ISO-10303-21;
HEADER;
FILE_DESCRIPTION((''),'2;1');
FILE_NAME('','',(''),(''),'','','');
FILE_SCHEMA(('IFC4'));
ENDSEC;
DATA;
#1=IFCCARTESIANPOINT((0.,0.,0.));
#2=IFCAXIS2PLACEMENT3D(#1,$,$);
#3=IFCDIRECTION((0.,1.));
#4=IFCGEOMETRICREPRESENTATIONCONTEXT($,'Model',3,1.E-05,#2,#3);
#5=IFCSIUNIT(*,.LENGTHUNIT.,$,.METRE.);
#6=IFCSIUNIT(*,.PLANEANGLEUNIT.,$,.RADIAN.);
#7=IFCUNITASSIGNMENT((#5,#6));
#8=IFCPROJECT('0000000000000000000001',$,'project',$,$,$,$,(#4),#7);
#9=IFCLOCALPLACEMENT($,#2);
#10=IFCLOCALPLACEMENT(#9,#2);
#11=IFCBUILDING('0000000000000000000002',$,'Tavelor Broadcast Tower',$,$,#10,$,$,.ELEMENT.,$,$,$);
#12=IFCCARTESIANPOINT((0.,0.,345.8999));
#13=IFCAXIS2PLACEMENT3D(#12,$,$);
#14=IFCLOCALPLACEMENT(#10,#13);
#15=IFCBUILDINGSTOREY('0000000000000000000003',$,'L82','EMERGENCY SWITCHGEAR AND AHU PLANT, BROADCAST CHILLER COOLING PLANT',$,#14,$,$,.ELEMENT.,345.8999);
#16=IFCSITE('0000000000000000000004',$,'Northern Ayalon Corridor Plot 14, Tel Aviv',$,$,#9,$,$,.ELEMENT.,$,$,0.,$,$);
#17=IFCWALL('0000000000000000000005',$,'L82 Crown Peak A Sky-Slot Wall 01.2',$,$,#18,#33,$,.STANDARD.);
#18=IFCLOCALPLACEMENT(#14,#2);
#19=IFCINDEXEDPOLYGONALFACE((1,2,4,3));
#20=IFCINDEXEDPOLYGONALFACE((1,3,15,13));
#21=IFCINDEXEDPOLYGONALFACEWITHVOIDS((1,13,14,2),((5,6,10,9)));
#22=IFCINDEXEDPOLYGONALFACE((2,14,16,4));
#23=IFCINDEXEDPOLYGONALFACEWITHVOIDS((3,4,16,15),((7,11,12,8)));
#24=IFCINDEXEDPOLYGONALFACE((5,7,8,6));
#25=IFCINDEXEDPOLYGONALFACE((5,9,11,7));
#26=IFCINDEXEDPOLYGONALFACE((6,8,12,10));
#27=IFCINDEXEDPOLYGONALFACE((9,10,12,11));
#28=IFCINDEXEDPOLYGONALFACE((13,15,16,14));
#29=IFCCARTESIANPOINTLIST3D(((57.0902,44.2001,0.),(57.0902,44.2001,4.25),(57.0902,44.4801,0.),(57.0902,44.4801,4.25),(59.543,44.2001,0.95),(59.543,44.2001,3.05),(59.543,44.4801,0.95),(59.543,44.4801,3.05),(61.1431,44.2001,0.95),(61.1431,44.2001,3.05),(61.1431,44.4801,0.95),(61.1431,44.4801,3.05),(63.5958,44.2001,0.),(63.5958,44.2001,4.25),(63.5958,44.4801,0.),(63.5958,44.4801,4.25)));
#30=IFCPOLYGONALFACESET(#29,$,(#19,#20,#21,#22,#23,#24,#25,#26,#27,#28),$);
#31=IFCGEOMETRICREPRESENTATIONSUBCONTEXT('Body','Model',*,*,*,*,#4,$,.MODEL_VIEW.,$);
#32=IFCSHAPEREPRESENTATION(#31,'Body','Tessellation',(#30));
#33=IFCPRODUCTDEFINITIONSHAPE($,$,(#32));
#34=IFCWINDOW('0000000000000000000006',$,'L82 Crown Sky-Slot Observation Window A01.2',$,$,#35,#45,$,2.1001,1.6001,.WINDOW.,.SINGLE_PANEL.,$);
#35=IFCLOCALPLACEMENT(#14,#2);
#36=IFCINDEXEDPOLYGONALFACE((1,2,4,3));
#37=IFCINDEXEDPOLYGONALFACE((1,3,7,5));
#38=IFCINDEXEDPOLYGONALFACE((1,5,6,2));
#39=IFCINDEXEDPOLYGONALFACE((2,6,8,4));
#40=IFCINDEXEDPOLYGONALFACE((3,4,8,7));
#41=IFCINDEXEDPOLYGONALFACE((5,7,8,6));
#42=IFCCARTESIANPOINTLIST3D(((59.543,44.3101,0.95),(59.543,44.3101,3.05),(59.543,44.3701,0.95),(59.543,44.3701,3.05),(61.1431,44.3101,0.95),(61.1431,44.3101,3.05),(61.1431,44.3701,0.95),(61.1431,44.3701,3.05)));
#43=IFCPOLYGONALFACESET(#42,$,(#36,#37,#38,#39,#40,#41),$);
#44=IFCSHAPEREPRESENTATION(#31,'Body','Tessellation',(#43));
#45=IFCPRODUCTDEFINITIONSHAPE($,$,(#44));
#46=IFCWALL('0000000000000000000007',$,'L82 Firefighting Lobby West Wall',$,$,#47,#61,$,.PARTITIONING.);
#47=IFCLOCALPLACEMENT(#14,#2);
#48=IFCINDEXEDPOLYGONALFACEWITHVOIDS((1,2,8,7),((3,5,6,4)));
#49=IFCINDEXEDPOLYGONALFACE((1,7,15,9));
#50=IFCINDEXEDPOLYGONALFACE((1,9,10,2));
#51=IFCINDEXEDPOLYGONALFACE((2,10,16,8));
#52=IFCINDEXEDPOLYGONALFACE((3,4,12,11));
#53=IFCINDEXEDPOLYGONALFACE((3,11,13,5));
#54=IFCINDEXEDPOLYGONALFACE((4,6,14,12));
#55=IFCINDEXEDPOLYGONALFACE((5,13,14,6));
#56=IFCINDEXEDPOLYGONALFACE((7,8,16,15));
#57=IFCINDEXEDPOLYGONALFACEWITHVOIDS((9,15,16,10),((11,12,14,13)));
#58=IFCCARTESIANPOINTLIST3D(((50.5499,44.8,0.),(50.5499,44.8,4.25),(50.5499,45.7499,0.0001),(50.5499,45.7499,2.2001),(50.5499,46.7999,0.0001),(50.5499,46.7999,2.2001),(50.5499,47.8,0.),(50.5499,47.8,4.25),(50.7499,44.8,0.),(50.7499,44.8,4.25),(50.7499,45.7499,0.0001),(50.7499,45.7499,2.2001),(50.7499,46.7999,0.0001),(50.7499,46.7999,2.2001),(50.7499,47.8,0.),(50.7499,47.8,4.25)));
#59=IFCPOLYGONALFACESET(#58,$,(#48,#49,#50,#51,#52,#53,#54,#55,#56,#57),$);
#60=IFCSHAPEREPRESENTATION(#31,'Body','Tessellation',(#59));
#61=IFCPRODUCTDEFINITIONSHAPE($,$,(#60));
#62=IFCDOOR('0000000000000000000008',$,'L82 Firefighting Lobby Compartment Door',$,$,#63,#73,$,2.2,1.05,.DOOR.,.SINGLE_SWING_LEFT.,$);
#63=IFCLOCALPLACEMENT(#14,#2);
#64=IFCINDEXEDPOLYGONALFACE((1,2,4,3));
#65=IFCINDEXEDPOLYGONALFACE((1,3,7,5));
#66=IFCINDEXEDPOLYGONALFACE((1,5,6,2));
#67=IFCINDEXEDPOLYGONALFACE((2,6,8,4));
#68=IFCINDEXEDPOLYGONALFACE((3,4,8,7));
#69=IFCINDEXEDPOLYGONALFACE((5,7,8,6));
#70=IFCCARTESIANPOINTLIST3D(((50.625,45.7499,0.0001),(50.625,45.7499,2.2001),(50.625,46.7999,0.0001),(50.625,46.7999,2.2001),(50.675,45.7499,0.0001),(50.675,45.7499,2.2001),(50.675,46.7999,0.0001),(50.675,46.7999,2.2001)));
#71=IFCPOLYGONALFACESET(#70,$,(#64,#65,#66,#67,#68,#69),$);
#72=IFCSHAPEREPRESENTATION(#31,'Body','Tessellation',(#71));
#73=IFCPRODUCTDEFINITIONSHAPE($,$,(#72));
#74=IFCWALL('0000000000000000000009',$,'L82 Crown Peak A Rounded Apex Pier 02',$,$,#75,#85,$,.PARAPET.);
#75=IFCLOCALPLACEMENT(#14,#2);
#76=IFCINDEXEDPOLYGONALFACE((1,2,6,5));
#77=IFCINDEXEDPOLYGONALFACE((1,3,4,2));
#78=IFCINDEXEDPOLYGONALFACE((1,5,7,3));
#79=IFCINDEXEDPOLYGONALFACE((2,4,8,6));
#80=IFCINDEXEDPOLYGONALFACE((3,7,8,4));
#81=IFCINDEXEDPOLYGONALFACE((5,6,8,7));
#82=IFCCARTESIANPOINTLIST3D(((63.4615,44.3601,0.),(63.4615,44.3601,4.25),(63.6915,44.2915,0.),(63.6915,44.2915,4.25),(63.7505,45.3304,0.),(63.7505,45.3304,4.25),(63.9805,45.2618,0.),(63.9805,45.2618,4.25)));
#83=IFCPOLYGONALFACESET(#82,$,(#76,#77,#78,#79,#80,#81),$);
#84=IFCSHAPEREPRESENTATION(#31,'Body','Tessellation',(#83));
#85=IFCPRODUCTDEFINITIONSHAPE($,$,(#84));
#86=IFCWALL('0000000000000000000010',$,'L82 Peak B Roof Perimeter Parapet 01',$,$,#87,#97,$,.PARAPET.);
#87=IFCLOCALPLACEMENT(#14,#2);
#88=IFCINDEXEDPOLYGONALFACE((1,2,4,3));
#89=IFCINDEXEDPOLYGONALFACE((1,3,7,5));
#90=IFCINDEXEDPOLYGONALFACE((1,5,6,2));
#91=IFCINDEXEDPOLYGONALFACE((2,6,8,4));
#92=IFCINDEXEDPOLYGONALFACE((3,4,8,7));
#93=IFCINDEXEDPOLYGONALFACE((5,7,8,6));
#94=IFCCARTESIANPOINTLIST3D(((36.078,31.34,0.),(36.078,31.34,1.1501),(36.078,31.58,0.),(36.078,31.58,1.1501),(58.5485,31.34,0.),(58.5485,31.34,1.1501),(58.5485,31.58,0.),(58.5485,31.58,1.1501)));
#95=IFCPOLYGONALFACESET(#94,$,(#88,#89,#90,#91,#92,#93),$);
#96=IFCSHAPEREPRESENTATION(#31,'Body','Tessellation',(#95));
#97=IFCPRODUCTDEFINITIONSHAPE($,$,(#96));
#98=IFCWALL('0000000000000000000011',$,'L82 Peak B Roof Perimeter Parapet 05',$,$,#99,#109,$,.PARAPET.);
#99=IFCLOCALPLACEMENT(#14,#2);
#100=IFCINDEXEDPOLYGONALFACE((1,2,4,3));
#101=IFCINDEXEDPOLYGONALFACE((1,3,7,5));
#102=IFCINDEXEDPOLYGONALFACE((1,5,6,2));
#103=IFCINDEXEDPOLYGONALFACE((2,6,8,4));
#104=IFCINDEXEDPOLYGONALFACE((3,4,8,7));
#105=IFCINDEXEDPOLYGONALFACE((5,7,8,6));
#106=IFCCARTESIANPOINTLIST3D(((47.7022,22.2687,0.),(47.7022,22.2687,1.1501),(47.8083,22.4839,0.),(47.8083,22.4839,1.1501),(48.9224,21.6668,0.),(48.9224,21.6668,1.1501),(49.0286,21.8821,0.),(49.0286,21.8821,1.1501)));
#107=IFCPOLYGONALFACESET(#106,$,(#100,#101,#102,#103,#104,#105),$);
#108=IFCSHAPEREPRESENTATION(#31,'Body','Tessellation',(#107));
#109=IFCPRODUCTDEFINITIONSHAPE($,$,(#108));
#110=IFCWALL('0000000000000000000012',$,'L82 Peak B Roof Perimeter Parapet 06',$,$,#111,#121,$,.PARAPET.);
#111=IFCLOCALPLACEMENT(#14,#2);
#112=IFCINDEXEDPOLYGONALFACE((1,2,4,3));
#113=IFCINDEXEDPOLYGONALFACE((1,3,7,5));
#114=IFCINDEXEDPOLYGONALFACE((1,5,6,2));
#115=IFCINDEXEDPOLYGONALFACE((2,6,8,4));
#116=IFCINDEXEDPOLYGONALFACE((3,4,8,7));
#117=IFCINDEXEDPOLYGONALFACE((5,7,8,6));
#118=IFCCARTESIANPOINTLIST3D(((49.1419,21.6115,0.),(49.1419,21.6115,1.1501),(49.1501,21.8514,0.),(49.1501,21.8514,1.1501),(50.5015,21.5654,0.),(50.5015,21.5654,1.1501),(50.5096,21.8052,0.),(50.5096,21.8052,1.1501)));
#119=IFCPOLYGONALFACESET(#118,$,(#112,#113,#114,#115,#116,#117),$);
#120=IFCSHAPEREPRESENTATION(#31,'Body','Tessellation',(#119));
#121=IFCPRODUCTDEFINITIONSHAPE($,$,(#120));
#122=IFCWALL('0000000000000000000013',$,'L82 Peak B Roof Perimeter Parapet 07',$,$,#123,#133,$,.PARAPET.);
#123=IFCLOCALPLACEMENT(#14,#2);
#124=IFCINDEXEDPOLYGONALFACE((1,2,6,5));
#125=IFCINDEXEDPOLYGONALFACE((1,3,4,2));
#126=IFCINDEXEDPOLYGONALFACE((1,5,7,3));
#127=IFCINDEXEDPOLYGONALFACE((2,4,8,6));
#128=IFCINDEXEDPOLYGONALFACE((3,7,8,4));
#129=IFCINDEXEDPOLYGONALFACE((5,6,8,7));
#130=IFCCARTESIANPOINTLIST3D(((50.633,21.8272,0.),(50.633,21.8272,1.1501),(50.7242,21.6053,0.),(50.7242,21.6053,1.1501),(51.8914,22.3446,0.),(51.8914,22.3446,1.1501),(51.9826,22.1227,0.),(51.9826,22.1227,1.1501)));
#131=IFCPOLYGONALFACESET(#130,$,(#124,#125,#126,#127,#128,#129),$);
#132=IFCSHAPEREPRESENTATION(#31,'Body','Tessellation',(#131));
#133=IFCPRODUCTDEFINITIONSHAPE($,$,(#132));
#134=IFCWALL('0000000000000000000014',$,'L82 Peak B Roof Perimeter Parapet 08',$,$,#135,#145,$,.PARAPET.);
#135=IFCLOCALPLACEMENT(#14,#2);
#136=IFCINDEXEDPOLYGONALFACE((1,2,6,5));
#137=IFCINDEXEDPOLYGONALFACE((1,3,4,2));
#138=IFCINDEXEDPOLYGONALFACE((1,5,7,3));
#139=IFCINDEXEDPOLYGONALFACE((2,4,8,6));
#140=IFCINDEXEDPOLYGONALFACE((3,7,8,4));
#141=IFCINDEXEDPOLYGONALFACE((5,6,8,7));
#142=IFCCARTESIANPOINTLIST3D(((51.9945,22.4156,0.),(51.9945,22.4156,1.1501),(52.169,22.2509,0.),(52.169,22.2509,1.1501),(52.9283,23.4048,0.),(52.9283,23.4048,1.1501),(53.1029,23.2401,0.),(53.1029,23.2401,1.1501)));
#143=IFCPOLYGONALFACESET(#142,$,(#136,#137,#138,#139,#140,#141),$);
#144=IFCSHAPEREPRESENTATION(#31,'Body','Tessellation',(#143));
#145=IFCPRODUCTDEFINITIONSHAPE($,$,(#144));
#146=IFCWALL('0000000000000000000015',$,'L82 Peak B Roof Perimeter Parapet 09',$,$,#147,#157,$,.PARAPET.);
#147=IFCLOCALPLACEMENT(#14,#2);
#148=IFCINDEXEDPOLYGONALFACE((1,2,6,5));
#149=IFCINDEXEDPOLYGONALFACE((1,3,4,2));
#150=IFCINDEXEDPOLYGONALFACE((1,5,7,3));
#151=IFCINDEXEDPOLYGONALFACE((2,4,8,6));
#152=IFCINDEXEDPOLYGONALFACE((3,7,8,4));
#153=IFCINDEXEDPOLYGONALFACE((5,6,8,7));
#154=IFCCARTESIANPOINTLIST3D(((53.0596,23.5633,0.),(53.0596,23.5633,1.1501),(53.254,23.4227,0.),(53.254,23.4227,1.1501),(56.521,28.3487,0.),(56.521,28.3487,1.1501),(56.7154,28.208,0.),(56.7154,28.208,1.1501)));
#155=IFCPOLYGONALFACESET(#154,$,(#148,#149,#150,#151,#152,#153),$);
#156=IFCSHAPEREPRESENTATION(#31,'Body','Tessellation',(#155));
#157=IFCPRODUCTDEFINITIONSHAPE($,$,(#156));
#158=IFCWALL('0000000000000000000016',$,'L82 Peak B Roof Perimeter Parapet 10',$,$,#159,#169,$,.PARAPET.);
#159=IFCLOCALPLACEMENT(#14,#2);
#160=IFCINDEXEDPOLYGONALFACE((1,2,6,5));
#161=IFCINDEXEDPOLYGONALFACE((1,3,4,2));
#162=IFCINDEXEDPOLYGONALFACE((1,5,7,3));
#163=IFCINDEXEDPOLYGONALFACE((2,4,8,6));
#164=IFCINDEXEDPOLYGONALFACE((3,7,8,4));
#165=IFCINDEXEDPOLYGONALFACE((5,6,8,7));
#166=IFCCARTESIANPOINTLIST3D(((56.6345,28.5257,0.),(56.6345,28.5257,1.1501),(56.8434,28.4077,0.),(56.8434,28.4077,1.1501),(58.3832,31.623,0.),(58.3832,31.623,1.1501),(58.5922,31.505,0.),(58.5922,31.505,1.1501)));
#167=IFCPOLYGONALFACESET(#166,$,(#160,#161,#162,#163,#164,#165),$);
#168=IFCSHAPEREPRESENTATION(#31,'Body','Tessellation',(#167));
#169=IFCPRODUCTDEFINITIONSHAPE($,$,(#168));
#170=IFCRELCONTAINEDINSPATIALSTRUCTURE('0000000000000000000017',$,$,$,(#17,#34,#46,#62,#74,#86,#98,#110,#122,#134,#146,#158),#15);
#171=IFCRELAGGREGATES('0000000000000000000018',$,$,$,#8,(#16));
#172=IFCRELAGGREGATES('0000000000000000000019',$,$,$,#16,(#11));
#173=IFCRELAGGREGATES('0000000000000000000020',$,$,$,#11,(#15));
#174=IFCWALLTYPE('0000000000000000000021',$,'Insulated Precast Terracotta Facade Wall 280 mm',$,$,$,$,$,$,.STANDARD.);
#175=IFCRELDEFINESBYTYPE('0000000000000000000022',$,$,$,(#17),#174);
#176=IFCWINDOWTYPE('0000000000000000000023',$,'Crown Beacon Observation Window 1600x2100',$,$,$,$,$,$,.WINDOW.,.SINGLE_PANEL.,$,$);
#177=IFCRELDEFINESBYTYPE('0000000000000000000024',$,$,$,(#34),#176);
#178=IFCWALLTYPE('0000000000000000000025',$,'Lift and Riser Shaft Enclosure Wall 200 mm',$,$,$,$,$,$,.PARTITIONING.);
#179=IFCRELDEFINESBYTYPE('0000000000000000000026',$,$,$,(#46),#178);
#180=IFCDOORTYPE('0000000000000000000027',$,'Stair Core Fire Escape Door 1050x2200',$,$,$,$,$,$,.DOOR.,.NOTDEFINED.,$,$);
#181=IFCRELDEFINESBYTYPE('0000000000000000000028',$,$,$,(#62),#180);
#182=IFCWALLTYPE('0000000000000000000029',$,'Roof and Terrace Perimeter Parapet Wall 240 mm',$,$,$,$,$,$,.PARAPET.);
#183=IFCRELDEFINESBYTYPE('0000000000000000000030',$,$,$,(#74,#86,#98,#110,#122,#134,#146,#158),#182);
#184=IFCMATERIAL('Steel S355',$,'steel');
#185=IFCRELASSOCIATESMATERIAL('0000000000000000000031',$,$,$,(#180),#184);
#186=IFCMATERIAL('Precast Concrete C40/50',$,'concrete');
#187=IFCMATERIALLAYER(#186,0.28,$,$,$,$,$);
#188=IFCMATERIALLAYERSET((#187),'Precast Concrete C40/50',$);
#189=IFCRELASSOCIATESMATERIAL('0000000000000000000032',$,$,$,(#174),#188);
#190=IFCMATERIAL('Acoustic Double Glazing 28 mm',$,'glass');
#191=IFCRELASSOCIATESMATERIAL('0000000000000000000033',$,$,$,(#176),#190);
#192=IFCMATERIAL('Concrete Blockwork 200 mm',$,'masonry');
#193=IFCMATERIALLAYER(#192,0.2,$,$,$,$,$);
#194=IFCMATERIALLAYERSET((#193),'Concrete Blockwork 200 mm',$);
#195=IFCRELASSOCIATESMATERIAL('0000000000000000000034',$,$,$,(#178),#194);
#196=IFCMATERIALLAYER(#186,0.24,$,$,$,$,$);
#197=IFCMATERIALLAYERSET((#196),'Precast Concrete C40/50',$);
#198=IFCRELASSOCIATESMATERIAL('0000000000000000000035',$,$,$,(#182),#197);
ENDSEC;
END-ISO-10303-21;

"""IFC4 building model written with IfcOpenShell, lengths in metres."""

from ifc_helpers import new_model, si_unit, direction, frame, frame_2d, origin, place, context, subcontext, project, spatial, rectangle, extrude, material, layer, layer_set, type_object, element, fill, save


model = new_model("IFC4")

# Units and contexts
model_context = context("Model", 3, precision=1e-05, world=origin(), true_north=direction((0.0, 1.0)))
body_context = subcontext(model_context, "Body", "Model", "MODEL_VIEW")
ifc_project = project(units=[si_unit("LENGTHUNIT", "METRE"), si_unit("PLANEANGLEUNIT", "RADIAN")], contexts=[model_context])

# Site, building, storey
site_placement = place(None, origin())
site = spatial("IfcSite", under=ifc_project, at=site_placement, Name="Northern Ayalon Corridor Plot 14, Tel Aviv", CompositionType="ELEMENT", RefElevation=0.0)
building_placement = place(site_placement, origin())
building = spatial("IfcBuilding", under=site, at=building_placement, Name="Tavelor Broadcast Tower", CompositionType="ELEMENT")
storey_placement = place(building_placement, frame((0.0, 0.0, 345.8999)))
storey = spatial("IfcBuildingStorey", under=building, at=storey_placement, Name="L82", Description="EMERGENCY SWITCHGEAR AND AHU PLANT, BROADCAST CHILLER COOLING PLANT", CompositionType="ELEMENT", Elevation=345.8999)

# Shared definitions
ifc_material_1 = material(Name="Steel S355", Category="steel")

# Shared definitions
door_type = type_object("IfcDoorType", Name="Stair Core Fire Escape Door 1050x2200", OperationType="NOTDEFINED", PredefinedType="DOOR", material=ifc_material_1)

# Wall, opening, window
ifc_material_2 = material(Name="Precast Concrete C40/50", Category="concrete")
ifc_layer_1 = layer(ifc_material_2, 0.28)
ifc_layer_set_1 = layer_set([ifc_layer_1], Name="Precast Concrete C40/50")
wall_type_1 = type_object("IfcWallType", Name="Insulated Precast Terracotta Facade Wall 280 mm", PredefinedType="STANDARD", material=ifc_layer_set_1)
wall_1_placement = place(storey_placement, frame((57.0901, 44.3401, 0.0), z_axis=(0.0, 0.0, 1.0), x_axis=(1.0, 0.0, 0.0)))
wall_1 = element("IfcWall", 1, at=wall_1_placement, inside=storey, type_object=wall_type_1, Name="L82 Crown Peak A Sky-Slot Wall 01.2", PredefinedType="STANDARD", context=body_context, shape_type="SweptSolid", body=[
    extrude(rectangle(XDim=6.5056, YDim=0.28, at=frame_2d((3.2529, 0.0))), origin(), (0.0, 0.0, 1.0), 4.25),
])
opening_1_placement = place(wall_1_placement, frame((2.4529, 0.0, 0.95)))
opening_1 = element("IfcOpeningElement", 2, at=opening_1_placement, cuts=wall_1, PredefinedType="OPENING", context=body_context, shape_type="SweptSolid", body=[
    extrude(rectangle(XDim=1.6001, YDim=2.1001, at=frame_2d((0.8, 1.05))), frame((0.0, 0.1499, 0.0), z_axis=(0.0, -1.0, 0.0), x_axis=(1.0, 0.0, 0.0)), (0.0, 0.0, 1.0), 0.3),
])
ifc_material_3 = material(Name="Acoustic Double Glazing 28 mm", Category="glass")
window_type = type_object("IfcWindowType", Name="Crown Beacon Observation Window 1600x2100", PartitioningType="SINGLE_PANEL", PredefinedType="WINDOW", material=ifc_material_3)
window_placement = place(opening_1_placement, origin())
window = element("IfcWindow", 3, at=window_placement, inside=storey, type_object=window_type, Name="L82 Crown Sky-Slot Observation Window A01.2", OverallHeight=2.1001, OverallWidth=1.6001, PartitioningType="SINGLE_PANEL", PredefinedType="WINDOW", context=body_context, shape_type="SweptSolid", body=[
    extrude(rectangle(XDim=1.6001, YDim=2.1001, at=frame_2d((0.8, 1.05))), frame((0.0, 0.03, 0.0), z_axis=(0.0, -1.0, 0.0), x_axis=(1.0, 0.0, 0.0)), (0.0, 0.0, 1.0), 0.0601),
])
fill(opening_1, window)

# Wall, opening, door
ifc_material_4 = material(Name="Concrete Blockwork 200 mm", Category="masonry")
ifc_layer_2 = layer(ifc_material_4, 0.2)
ifc_layer_set_2 = layer_set([ifc_layer_2], Name="Concrete Blockwork 200 mm")
wall_type_2 = type_object("IfcWallType", Name="Lift and Riser Shaft Enclosure Wall 200 mm", PredefinedType="PARTITIONING", material=ifc_layer_set_2)
wall_2_placement = place(storey_placement, frame((50.6499, 44.8, 0.0), z_axis=(0.0, 0.0, 1.0), x_axis=(0.0, 1.0, 0.0)))
wall_2 = element("IfcWall", 4, at=wall_2_placement, inside=storey, type_object=wall_type_2, Name="L82 Firefighting Lobby West Wall", PredefinedType="PARTITIONING", context=body_context, shape_type="SweptSolid", body=[
    extrude(rectangle(XDim=3.0, YDim=0.2, at=frame_2d((1.5, 0.0))), origin(), (0.0, 0.0, 1.0), 4.25),
])
opening_2_placement = place(wall_2_placement, frame((0.95, 0.0, 0.0)))
opening_2 = element("IfcOpeningElement", 5, at=opening_2_placement, cuts=wall_2, PredefinedType="OPENING", context=body_context, shape_type="SweptSolid", body=[
    extrude(rectangle(XDim=1.05, YDim=2.2, at=frame_2d((0.5249, 1.1001))), frame((0.0, 0.1099, 0.0), z_axis=(0.0, -1.0, 0.0), x_axis=(1.0, 0.0, 0.0)), (0.0, 0.0, 1.0), 0.22),
])
door_1_placement = place(opening_2_placement, origin())
door_1 = element("IfcDoor", 6, at=door_1_placement, inside=storey, type_object=door_type, Name="L82 Firefighting Lobby Compartment Door", OperationType="SINGLE_SWING_LEFT", OverallHeight=2.2, OverallWidth=1.05, PredefinedType="DOOR", context=body_context, shape_type="SweptSolid", body=[
    extrude(rectangle(XDim=1.05, YDim=2.2, at=frame_2d((0.5249, 1.1001))), frame((0.0, 0.0249, 0.0), z_axis=(0.0, -1.0, 0.0), x_axis=(1.0, 0.0, 0.0)), (0.0, 0.0, 1.0), 0.05),
])
fill(opening_2, door_1)

# Walls
ifc_layer_3 = layer(ifc_material_2, 0.24)
ifc_layer_set_3 = layer_set([ifc_layer_3], Name="Precast Concrete C40/50")
wall_type_3 = type_object("IfcWallType", Name="Roof and Terrace Perimeter Parapet Wall 240 mm", PredefinedType="PARAPET", material=ifc_layer_set_3)
wall_3_placement = place(storey_placement, frame((63.5764, 44.3257, 0.0), z_axis=(0.0, 0.0, 1.0), x_axis=(0.285533, 0.958369, 0.0)))
element("IfcWall", 7, at=wall_3_placement, inside=storey, type_object=wall_type_3, Name="L82 Crown Peak A Rounded Apex Pier 02", PredefinedType="PARAPET", context=body_context, shape_type="SweptSolid", body=[
    extrude(rectangle(XDim=1.0125, YDim=0.24, at=frame_2d((0.5063, 0.0))), origin(), (0.0, 0.0, 1.0), 4.25),
])
wall_4_placement = place(storey_placement, frame((58.5486, 31.46, 0.0), z_axis=(0.0, 0.0, 1.0), x_axis=(-1.0, 0.0, 0.0)))
element("IfcWall", 8, at=wall_4_placement, inside=storey, type_object=wall_type_3, Name="L82 Peak B Roof Perimeter Parapet 01", PredefinedType="PARAPET", context=body_context, shape_type="SweptSolid", body=[
    extrude(rectangle(XDim=22.4705, YDim=0.24, at=frame_2d((11.2354, 0.0))), origin(), (0.0, 0.0, 1.0), 1.1501),
])
wall_5_placement = place(storey_placement, frame((47.7554, 22.3762, 0.0), z_axis=(0.0, 0.0, 1.0), x_axis=(0.896854, -0.442326, 0.0)))
element("IfcWall", 9, at=wall_5_placement, inside=storey, type_object=wall_type_3, Name="L82 Peak B Roof Perimeter Parapet 05", PredefinedType="PARAPET", context=body_context, shape_type="SweptSolid", body=[
    extrude(rectangle(XDim=1.3606, YDim=0.24, at=frame_2d((0.6802, 0.0))), origin(), (0.0, 0.0, 1.0), 1.1501),
])
wall_6_placement = place(storey_placement, frame((49.146, 21.7314, 0.0), z_axis=(0.0, 0.0, 1.0), x_axis=(0.999425, -0.033918, 0.0)))
element("IfcWall", 10, at=wall_6_placement, inside=storey, type_object=wall_type_3, Name="L82 Peak B Roof Perimeter Parapet 06", PredefinedType="PARAPET", context=body_context, shape_type="SweptSolid", body=[
    extrude(rectangle(XDim=1.3604, YDim=0.24, at=frame_2d((0.6802, 0.0))), origin(), (0.0, 0.0, 1.0), 1.1501),
])
wall_7_placement = place(storey_placement, frame((50.6787, 21.7163, 0.0), z_axis=(0.0, 0.0, 1.0), x_axis=(0.924882, 0.380253, 0.0)))
element("IfcWall", 11, at=wall_7_placement, inside=storey, type_object=wall_type_3, Name="L82 Peak B Roof Perimeter Parapet 07", PredefinedType="PARAPET", context=body_context, shape_type="SweptSolid", body=[
    extrude(rectangle(XDim=1.3606, YDim=0.24, at=frame_2d((0.6802, 0.0))), origin(), (0.0, 0.0, 1.0), 1.1501),
])
wall_8_placement = place(storey_placement, frame((52.0818, 22.3333, 0.0), z_axis=(0.0, 0.0, 1.0), x_axis=(0.686444, 0.727182, 0.0)))
element("IfcWall", 12, at=wall_8_placement, inside=storey, type_object=wall_type_3, Name="L82 Peak B Roof Perimeter Parapet 08", PredefinedType="PARAPET", context=body_context, shape_type="SweptSolid", body=[
    extrude(rectangle(XDim=1.3604, YDim=0.24, at=frame_2d((0.6802, 0.0))), origin(), (0.0, 0.0, 1.0), 1.1501),
])
wall_9_placement = place(storey_placement, frame((53.1567, 23.4929, 0.0), z_axis=(0.0, 0.0, 1.0), x_axis=(0.586081, 0.810253, 0.0)))
element("IfcWall", 13, at=wall_9_placement, inside=storey, type_object=wall_type_3, Name="L82 Peak B Roof Perimeter Parapet 09", PredefinedType="PARAPET", context=body_context, shape_type="SweptSolid", body=[
    extrude(rectangle(XDim=5.906, YDim=0.24, at=frame_2d((2.9531, 0.0))), origin(), (0.0, 0.0, 1.0), 1.1501),
])
wall_10_placement = place(storey_placement, frame((56.739, 28.4668, 0.0), z_axis=(0.0, 0.0, 1.0), x_axis=(0.491646, 0.870795, 0.0)))
element("IfcWall", 14, at=wall_10_placement, inside=storey, type_object=wall_type_3, Name="L82 Peak B Roof Perimeter Parapet 10", PredefinedType="PARAPET", context=body_context, shape_type="SweptSolid", body=[
    extrude(rectangle(XDim=3.5569, YDim=0.24, at=frame_2d((1.7783, 0.0))), origin(), (0.0, 0.0, 1.0), 1.1501),
])

save(model, "model.ifc")
